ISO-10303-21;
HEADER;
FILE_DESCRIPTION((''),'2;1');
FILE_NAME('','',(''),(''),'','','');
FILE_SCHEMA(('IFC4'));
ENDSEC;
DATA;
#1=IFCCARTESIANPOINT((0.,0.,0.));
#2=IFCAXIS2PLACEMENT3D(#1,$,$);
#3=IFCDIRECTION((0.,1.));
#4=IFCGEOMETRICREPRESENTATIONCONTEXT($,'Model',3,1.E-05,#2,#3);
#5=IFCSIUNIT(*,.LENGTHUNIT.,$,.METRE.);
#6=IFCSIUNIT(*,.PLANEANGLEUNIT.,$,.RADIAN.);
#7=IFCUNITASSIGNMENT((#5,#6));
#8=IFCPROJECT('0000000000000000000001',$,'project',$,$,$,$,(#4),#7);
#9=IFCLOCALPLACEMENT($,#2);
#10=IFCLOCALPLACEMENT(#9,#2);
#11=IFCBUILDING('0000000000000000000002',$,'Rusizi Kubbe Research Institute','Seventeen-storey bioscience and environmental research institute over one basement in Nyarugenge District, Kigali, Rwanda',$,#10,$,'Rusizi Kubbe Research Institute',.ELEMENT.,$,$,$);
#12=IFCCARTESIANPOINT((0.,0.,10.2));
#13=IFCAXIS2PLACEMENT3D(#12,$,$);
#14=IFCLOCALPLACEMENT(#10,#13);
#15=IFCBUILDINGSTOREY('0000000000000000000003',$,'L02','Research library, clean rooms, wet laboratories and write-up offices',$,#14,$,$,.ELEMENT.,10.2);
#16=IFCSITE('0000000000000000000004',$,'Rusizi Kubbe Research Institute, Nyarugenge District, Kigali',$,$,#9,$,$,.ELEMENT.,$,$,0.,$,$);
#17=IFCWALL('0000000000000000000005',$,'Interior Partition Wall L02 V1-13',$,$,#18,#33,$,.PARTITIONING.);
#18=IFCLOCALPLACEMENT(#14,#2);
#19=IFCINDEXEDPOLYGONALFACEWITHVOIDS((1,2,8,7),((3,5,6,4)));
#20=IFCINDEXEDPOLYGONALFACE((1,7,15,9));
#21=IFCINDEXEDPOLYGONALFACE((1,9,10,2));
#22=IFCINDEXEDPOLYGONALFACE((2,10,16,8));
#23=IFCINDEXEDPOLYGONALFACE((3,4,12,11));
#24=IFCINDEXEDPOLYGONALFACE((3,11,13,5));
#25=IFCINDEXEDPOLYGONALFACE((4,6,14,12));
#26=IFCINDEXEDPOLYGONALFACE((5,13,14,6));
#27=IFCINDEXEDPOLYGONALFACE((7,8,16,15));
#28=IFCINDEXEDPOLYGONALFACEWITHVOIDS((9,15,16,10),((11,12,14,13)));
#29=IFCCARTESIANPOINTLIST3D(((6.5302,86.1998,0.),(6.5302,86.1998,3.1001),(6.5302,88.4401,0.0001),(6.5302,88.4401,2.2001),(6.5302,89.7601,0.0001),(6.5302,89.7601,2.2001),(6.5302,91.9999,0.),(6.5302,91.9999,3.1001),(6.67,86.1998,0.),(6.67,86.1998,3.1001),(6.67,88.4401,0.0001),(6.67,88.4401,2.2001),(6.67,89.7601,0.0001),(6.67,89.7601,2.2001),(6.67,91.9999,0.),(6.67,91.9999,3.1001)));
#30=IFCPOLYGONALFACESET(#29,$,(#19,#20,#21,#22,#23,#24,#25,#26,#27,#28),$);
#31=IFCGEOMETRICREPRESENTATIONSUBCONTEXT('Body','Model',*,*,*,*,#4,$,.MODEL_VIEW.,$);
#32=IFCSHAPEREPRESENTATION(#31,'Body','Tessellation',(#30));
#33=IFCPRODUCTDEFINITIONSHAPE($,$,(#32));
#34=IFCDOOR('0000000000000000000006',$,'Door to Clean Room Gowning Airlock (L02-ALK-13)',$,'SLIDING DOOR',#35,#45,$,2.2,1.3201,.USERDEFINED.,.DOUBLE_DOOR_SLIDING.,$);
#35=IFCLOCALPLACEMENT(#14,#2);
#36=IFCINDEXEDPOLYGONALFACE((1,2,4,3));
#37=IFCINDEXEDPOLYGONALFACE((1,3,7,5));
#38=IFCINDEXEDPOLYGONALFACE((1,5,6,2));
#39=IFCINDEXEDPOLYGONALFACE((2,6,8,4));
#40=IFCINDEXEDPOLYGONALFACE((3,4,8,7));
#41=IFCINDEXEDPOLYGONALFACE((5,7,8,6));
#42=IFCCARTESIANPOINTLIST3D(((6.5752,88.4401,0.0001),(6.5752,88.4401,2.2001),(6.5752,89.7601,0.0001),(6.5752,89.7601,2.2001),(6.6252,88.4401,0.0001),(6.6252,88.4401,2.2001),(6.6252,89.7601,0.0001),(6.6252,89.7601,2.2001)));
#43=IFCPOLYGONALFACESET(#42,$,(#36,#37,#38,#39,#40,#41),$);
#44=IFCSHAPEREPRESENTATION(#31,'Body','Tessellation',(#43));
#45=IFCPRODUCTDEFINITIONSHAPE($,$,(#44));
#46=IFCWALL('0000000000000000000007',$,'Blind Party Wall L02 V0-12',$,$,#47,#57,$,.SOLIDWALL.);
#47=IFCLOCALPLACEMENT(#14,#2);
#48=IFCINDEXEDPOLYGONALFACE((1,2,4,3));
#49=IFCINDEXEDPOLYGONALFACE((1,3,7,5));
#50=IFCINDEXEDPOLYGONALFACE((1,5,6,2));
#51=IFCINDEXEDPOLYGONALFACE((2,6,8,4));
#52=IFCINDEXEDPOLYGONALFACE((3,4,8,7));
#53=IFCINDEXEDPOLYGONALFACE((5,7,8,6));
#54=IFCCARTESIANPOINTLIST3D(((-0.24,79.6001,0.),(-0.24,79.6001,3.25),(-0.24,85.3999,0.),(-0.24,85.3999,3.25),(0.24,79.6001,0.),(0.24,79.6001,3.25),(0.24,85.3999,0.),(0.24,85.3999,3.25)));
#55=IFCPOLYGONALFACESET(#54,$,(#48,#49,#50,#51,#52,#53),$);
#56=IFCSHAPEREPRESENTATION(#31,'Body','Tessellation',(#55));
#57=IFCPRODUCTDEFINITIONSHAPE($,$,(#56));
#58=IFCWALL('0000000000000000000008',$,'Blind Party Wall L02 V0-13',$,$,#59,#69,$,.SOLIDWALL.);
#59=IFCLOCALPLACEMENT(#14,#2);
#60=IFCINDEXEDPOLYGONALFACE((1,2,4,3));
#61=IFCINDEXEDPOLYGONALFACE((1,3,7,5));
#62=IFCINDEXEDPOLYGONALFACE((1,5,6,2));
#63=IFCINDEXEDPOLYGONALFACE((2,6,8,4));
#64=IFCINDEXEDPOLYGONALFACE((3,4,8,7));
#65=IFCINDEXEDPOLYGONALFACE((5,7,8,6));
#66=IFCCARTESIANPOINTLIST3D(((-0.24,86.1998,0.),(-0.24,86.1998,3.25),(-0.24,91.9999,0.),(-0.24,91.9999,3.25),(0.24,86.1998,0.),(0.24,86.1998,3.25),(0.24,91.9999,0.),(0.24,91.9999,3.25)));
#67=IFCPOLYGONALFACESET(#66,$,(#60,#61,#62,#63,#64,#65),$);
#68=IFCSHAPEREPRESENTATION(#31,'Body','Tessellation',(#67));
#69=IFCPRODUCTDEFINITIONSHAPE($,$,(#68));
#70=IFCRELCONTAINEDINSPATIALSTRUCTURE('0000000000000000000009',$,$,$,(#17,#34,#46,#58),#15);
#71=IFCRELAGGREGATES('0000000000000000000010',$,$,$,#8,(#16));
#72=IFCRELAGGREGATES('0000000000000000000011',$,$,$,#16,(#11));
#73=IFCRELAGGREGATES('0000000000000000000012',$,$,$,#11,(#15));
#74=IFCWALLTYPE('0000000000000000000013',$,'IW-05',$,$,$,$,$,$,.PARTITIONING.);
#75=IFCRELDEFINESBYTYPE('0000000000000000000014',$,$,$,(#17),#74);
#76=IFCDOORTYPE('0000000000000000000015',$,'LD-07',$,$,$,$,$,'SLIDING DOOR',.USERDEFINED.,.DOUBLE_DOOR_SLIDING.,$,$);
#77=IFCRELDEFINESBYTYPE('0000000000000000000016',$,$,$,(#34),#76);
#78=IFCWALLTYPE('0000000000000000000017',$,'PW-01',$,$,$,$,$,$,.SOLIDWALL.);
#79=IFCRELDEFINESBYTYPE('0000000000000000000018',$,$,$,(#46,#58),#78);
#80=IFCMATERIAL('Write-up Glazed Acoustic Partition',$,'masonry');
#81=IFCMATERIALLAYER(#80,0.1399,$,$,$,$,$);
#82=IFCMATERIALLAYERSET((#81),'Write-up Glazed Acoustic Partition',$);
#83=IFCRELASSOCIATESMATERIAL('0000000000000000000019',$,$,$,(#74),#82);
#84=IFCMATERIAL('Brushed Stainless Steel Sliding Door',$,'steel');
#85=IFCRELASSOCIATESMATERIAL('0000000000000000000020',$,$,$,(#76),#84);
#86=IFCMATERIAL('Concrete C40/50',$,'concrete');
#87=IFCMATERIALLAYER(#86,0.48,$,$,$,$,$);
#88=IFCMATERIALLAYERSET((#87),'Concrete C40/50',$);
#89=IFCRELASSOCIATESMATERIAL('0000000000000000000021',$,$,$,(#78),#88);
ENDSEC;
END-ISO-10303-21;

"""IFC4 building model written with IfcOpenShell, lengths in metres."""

from ifc_helpers import new_model, si_unit, direction, frame, frame_2d, origin, place, context, subcontext, project, spatial, rectangle, extrude, material, layer, layer_set, type_object, element, fill, save


model = new_model("IFC4")

# Units and contexts
model_context = context("Model", 3, precision=1e-05, world=origin(), true_north=direction((0.0, 1.0)))
body_context = subcontext(model_context, "Body", "Model", "MODEL_VIEW")
ifc_project = project(units=[si_unit("LENGTHUNIT", "METRE"), si_unit("PLANEANGLEUNIT", "RADIAN")], contexts=[model_context])

# Site, building, storey
site_placement = place(None, origin())
site = spatial("IfcSite", under=ifc_project, at=site_placement, Name="Rusizi Kubbe Research Institute, Nyarugenge District, Kigali", CompositionType="ELEMENT", RefElevation=0.0)
building_placement = place(site_placement, origin())
building = spatial("IfcBuilding", under=site, at=building_placement, Name="Rusizi Kubbe Research Institute", Description="Seventeen-storey bioscience and environmental research institute over one basement in Nyarugenge District, Kigali, Rwanda", LongName="Rusizi Kubbe Research Institute", CompositionType="ELEMENT")
storey_placement = place(building_placement, frame((0.0, 0.0, 10.2)))
storey = spatial("IfcBuildingStorey", under=building, at=storey_placement, Name="L02", Description="Research library, clean rooms, wet laboratories and write-up offices", CompositionType="ELEMENT", Elevation=10.2)

# Shared definitions
ifc_material_1 = material(Name="Write-up Glazed Acoustic Partition", Category="masonry")
ifc_layer_1 = layer(ifc_material_1, 0.1399)
ifc_layer_set_1 = layer_set([ifc_layer_1], Name="Write-up Glazed Acoustic Partition")
wall_type_1 = type_object("IfcWallType", Name="IW-05", PredefinedType="PARTITIONING", material=ifc_layer_set_1)

# Wall, opening, door
wall_1_placement = place(storey_placement, frame((6.6001, 86.2, 0.0), z_axis=(0.0, 0.0, 1.0), x_axis=(0.0, 1.0, 0.0)))
wall_1 = element("IfcWall", 1, at=wall_1_placement, inside=storey, type_object=wall_type_1, Name="Interior Partition Wall L02 V1-13", PredefinedType="PARTITIONING", context=body_context, shape_type="SweptSolid", body=[
    extrude(rectangle(XDim=5.8, YDim=0.1399, at=frame_2d((2.8999, 0.0))), origin(), (0.0, 0.0, 1.0), 3.1001),
])
opening_1_placement = place(wall_1_placement, frame((2.24, 0.0, 0.0)))
opening_1 = element("IfcOpeningElement", 2, at=opening_1_placement, cuts=wall_1, PredefinedType="OPENING", context=body_context, shape_type="SweptSolid", body=[
    extrude(rectangle(XDim=1.3201, YDim=2.2, at=frame_2d((0.6602, 1.1001))), frame((0.0, 0.0798, 0.0), z_axis=(0.0, -1.0, 0.0), x_axis=(1.0, 0.0, 0.0)), (0.0, 0.0, 1.0), 0.1599),
])
ifc_material_2 = material(Name="Brushed Stainless Steel Sliding Door", Category="steel")
door_type_1 = type_object("IfcDoorType", Name="LD-07", ElementType="SLIDING DOOR", OperationType="DOUBLE_DOOR_SLIDING", PredefinedType="USERDEFINED", material=ifc_material_2)
door_1_placement = place(opening_1_placement, origin())
door_1 = element("IfcDoor", 3, at=door_1_placement, inside=storey, type_object=door_type_1, Name="Door to Clean Room Gowning Airlock (L02-ALK-13)", ObjectType="SLIDING DOOR", OperationType="DOUBLE_DOOR_SLIDING", OverallHeight=2.2, OverallWidth=1.3201, PredefinedType="USERDEFINED", context=body_context, shape_type="SweptSolid", body=[
    extrude(rectangle(XDim=1.3201, YDim=2.2, at=frame_2d((0.6602, 1.1001))), frame((0.0, 0.0249, 0.0), z_axis=(0.0, -1.0, 0.0), x_axis=(1.0, 0.0, 0.0)), (0.0, 0.0, 1.0), 0.05),
])
fill(opening_1, door_1)

# Walls
ifc_material_3 = material(Name="Concrete C40/50", Category="concrete")
ifc_layer_2 = layer(ifc_material_3, 0.48)
ifc_layer_set_2 = layer_set([ifc_layer_2], Name="Concrete C40/50")
wall_type_2 = type_object("IfcWallType", Name="PW-01", PredefinedType="SOLIDWALL", material=ifc_layer_set_2)
wall_2_placement = place(storey_placement, frame((0.0, 79.6001, 0.0), z_axis=(0.0, 0.0, 1.0), x_axis=(0.0, 1.0, 0.0)))
element("IfcWall", 4, at=wall_2_placement, inside=storey, type_object=wall_type_2, Name="Blind Party Wall L02 V0-12", PredefinedType="SOLIDWALL", context=body_context, shape_type="SweptSolid", body=[
    extrude(rectangle(XDim=5.7998, YDim=0.48, at=frame_2d((2.8999, 0.0))), origin(), (0.0, 0.0, 1.0), 3.25),
])
wall_3_placement = place(storey_placement, frame((0.0, 86.2, 0.0), z_axis=(0.0, 0.0, 1.0), x_axis=(0.0, 1.0, 0.0)))
element("IfcWall", 5, at=wall_3_placement, inside=storey, type_object=wall_type_2, Name="Blind Party Wall L02 V0-13", PredefinedType="SOLIDWALL", context=body_context, shape_type="SweptSolid", body=[
    extrude(rectangle(XDim=5.8, YDim=0.48, at=frame_2d((2.8999, 0.0))), origin(), (0.0, 0.0, 1.0), 3.25),
])

save(model, "model.ifc")
